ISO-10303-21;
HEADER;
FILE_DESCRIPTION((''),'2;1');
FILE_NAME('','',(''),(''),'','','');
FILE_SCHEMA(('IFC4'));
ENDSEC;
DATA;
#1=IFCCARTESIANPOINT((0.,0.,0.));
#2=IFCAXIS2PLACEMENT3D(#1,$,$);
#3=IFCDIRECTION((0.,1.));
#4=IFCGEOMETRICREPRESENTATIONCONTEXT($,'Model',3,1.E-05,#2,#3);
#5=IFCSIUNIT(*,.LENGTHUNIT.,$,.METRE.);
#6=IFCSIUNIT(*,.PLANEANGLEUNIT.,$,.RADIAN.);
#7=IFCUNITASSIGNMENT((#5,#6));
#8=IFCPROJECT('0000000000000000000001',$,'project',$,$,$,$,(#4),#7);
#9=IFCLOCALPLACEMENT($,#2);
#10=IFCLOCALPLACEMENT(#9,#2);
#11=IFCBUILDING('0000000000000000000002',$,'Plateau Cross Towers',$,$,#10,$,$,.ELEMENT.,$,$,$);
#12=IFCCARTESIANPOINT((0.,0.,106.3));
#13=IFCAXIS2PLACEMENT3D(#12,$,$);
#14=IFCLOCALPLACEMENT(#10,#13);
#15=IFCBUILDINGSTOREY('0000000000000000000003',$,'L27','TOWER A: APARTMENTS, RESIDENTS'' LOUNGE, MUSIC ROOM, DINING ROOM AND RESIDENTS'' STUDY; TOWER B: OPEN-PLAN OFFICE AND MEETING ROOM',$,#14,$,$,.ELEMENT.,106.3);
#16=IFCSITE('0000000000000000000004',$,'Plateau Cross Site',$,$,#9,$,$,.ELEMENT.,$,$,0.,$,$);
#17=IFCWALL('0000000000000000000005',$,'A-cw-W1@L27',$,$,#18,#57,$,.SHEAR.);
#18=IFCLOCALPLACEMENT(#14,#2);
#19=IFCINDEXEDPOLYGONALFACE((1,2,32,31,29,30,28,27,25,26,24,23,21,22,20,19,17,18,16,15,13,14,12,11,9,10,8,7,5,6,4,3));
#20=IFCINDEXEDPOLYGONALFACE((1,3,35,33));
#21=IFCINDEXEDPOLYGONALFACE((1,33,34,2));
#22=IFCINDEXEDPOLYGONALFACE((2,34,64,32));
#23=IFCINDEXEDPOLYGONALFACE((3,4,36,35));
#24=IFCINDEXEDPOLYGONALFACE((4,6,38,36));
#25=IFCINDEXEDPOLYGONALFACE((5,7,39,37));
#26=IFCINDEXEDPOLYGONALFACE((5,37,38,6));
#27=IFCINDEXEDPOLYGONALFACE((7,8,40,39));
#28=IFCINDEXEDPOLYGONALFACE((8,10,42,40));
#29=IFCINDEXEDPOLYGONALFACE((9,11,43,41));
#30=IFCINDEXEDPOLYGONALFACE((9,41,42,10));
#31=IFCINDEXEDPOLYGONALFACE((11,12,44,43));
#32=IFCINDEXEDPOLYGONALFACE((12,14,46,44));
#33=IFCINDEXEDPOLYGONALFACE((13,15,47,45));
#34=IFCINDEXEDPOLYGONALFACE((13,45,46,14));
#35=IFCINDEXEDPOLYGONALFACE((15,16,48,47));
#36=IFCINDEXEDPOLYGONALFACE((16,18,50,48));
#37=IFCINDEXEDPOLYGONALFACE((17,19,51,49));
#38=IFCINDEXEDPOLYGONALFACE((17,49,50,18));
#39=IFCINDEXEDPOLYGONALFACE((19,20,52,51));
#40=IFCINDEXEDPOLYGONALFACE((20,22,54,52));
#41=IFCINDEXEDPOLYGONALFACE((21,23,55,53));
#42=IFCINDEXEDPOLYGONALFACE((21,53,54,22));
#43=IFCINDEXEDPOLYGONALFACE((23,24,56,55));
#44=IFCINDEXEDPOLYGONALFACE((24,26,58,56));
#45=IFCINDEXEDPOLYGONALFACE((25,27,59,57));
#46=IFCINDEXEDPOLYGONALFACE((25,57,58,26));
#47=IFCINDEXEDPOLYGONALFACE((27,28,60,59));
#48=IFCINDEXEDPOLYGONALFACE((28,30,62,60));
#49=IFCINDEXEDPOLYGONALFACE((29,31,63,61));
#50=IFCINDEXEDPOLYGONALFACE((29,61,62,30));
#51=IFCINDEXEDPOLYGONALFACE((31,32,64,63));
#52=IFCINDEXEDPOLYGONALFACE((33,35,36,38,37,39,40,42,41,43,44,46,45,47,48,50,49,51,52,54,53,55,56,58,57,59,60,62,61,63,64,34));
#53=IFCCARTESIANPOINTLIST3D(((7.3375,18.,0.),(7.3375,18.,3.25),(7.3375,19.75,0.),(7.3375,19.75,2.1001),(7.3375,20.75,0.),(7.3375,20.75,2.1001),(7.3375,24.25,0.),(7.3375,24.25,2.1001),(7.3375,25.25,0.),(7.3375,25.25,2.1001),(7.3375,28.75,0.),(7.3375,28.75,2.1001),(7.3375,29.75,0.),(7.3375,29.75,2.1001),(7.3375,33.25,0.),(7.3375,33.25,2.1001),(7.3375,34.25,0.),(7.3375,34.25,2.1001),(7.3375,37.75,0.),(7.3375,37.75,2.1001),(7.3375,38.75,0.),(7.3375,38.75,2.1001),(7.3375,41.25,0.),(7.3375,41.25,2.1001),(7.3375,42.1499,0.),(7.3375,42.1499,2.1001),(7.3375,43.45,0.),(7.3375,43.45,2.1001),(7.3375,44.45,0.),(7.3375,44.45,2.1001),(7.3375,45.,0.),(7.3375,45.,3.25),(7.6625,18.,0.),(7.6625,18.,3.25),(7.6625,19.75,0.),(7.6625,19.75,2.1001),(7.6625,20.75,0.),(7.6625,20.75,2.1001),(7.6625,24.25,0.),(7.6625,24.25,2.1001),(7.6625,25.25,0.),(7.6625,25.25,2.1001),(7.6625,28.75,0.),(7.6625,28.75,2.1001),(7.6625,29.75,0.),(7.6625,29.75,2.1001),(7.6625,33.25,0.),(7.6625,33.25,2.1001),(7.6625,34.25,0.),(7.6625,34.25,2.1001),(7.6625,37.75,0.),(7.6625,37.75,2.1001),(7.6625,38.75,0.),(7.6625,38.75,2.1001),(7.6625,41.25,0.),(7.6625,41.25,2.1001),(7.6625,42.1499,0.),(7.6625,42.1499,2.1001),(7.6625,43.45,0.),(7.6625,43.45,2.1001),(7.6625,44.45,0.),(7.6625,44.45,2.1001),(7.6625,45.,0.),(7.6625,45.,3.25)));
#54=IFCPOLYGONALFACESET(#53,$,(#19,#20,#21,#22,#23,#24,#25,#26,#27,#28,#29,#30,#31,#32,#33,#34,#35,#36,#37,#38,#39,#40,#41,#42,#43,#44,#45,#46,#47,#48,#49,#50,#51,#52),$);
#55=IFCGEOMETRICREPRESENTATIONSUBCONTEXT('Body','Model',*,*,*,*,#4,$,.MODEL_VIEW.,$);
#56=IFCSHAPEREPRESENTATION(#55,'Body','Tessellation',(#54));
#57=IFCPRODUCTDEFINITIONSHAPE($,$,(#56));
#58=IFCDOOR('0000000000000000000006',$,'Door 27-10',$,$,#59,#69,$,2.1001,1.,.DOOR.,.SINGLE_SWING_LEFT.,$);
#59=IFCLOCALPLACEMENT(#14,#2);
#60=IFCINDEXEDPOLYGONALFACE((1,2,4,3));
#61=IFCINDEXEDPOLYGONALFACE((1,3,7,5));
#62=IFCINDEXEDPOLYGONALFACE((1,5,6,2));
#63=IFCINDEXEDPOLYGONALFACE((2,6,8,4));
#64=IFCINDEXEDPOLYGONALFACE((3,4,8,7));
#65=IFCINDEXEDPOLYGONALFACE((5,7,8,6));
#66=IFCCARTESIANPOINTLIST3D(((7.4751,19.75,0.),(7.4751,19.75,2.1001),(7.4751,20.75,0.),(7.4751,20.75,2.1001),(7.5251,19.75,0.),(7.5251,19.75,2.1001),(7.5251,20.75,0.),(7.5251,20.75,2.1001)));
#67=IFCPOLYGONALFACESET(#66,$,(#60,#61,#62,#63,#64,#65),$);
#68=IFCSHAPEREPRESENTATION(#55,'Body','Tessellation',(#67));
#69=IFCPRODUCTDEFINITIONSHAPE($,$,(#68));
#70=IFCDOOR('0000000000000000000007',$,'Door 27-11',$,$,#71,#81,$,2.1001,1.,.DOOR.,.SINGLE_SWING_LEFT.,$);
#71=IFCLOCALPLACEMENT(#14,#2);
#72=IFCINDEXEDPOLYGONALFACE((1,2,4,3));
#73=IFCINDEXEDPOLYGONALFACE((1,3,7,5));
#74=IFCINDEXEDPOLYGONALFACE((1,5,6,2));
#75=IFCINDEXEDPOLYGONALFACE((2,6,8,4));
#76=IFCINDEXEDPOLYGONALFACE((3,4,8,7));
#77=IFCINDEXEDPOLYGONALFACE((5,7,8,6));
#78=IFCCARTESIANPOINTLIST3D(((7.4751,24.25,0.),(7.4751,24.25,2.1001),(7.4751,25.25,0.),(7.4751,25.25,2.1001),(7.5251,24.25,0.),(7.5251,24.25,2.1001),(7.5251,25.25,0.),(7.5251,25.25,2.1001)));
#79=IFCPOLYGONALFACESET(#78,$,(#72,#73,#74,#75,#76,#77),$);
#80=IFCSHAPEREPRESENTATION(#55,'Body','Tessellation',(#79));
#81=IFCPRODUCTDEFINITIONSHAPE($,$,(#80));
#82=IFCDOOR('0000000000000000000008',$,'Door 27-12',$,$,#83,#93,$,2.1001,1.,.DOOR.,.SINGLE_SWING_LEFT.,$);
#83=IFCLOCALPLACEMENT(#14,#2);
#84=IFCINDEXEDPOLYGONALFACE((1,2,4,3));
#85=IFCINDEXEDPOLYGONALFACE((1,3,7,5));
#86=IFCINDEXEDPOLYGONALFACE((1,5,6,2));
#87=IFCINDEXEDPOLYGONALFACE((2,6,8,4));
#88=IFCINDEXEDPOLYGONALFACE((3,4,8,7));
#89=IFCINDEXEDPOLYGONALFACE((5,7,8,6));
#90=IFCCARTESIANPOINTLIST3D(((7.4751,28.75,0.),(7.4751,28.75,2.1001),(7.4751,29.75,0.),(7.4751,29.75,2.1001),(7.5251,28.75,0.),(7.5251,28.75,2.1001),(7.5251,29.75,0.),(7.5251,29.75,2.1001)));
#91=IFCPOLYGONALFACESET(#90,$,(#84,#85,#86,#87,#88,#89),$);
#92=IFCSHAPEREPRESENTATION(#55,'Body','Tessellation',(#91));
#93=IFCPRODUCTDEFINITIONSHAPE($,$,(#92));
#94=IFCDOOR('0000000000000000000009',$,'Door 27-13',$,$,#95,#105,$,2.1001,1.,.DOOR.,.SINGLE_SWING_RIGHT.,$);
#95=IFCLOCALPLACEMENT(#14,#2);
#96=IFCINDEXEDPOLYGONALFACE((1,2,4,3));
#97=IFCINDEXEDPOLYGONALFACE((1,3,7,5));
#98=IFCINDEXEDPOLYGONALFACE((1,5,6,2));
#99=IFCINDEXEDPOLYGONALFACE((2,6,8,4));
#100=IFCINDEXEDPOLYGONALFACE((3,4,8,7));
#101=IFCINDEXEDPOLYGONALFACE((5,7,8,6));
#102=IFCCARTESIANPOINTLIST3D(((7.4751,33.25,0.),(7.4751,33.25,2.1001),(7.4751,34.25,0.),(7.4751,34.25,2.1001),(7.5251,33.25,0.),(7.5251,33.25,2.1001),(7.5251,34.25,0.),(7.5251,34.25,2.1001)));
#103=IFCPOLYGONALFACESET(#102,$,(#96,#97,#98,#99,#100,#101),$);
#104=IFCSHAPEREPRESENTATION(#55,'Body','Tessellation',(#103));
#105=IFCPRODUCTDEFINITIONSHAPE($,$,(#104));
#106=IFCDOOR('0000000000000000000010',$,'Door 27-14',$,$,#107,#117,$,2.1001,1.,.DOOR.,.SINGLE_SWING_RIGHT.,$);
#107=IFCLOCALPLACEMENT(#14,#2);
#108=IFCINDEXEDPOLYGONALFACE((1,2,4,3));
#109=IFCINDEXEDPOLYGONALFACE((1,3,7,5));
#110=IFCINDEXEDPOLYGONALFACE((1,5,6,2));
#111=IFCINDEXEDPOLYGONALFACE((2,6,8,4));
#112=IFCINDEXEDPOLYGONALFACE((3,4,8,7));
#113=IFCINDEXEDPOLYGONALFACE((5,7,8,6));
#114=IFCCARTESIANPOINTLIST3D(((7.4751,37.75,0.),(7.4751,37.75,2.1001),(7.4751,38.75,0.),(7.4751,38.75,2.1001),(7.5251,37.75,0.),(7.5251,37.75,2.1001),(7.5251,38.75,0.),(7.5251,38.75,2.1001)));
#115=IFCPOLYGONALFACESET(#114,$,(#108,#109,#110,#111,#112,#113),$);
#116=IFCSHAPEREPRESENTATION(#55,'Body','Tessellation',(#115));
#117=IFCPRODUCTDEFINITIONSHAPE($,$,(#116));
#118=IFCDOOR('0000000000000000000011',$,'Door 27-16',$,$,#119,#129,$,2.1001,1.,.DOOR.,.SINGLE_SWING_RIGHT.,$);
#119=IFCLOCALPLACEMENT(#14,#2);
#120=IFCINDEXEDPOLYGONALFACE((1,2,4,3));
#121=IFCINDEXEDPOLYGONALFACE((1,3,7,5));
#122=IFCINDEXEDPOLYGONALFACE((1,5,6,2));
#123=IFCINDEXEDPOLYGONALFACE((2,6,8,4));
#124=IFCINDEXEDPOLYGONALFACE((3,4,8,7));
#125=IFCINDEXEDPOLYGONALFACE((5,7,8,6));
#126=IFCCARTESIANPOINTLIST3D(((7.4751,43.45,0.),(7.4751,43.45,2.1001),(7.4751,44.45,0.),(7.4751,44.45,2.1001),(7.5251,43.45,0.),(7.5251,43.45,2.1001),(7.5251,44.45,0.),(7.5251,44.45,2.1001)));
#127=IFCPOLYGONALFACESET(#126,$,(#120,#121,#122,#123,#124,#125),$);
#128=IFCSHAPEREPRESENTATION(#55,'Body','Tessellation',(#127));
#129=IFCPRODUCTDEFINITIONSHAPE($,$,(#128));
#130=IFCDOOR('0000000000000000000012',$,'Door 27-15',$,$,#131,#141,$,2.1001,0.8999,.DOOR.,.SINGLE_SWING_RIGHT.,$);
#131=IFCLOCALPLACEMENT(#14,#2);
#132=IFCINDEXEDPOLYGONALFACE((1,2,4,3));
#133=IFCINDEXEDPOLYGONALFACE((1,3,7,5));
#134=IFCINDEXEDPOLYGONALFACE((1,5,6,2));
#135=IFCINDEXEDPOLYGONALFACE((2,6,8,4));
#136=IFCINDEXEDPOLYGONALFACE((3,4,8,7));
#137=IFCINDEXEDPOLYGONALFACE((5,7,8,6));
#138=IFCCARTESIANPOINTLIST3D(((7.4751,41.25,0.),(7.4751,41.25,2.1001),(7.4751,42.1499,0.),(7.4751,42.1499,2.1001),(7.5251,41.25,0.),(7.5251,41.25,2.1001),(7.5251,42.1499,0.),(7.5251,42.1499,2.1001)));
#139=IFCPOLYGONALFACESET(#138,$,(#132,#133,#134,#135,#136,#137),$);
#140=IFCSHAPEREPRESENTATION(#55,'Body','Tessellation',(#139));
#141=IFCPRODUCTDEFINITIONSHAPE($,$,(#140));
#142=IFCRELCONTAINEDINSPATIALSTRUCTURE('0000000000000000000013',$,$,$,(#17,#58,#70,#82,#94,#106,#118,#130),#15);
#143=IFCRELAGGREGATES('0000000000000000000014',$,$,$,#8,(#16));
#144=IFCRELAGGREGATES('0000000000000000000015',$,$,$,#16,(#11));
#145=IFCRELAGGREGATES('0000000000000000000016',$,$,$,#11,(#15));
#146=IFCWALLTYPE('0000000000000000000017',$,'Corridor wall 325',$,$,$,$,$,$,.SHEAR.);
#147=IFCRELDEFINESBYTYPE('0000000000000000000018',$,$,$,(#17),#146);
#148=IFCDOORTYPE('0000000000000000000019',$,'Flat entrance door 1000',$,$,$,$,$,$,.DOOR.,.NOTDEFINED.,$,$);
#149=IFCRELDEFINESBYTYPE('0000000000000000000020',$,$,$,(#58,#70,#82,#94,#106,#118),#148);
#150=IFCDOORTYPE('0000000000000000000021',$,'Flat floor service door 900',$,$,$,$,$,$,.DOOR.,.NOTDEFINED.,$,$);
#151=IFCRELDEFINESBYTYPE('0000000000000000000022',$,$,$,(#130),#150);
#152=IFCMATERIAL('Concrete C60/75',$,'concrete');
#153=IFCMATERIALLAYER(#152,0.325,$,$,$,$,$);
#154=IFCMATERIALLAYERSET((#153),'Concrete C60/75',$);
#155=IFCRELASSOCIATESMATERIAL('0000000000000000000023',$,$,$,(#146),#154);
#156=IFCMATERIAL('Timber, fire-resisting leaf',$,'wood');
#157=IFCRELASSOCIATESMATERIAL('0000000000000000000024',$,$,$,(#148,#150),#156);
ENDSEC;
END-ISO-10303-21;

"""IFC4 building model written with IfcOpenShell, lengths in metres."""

from ifc_helpers import new_model, si_unit, direction, frame, frame_2d, origin, place, context, subcontext, project, spatial, rectangle, extrude, material, layer, layer_set, type_object, element, fill, save


model = new_model("IFC4")

# Units and contexts
model_context = context("Model", 3, precision=1e-05, world=origin(), true_north=direction((0.0, 1.0)))
body_context = subcontext(model_context, "Body", "Model", "MODEL_VIEW")
ifc_project = project(units=[si_unit("LENGTHUNIT", "METRE"), si_unit("PLANEANGLEUNIT", "RADIAN")], contexts=[model_context])

# Site, building, storey
site_placement = place(None, origin())
site = spatial("IfcSite", under=ifc_project, at=site_placement, Name="Plateau Cross Site", CompositionType="ELEMENT", RefElevation=0.0)
building_placement = place(site_placement, origin())
building = spatial("IfcBuilding", under=site, at=building_placement, Name="Plateau Cross Towers", CompositionType="ELEMENT")
storey_placement = place(building_placement, frame((0.0, 0.0, 106.3)))
storey = spatial("IfcBuildingStorey", under=building, at=storey_placement, Name="L27", Description="TOWER A: APARTMENTS, RESIDENTS' LOUNGE, MUSIC ROOM, DINING ROOM AND RESIDENTS' STUDY; TOWER B: OPEN-PLAN OFFICE AND MEETING ROOM", CompositionType="ELEMENT", Elevation=106.3)

# Wall, openings, doors
ifc_material_1 = material(Name="Concrete C60/75", Category="concrete")
ifc_layer_1 = layer(ifc_material_1, 0.325)
ifc_layer_set_1 = layer_set([ifc_layer_1], Name="Concrete C60/75")
wall_type_1 = type_object("IfcWallType", Name="Corridor wall 325", PredefinedType="SHEAR", material=ifc_layer_set_1)
wall_1_placement = place(storey_placement, frame((7.5, 18.0, 0.0), z_axis=(0.0, 0.0, 1.0), x_axis=(0.0, 1.0, 0.0)))
wall_1 = element("IfcWall", 1, at=wall_1_placement, inside=storey, type_object=wall_type_1, Name="A-cw-W1@L27", PredefinedType="SHEAR", context=body_context, shape_type="SweptSolid", body=[
    extrude(rectangle(XDim=27.0, YDim=0.325, at=frame_2d((13.5, 0.0))), origin(), (0.0, 0.0, 1.0), 3.25),
])
opening_1_placement = place(wall_1_placement, frame((1.75, 0.0, 0.0)))
opening_1 = element("IfcOpeningElement", 2, at=opening_1_placement, cuts=wall_1, PredefinedType="OPENING", context=body_context, shape_type="SweptSolid", body=[
    extrude(rectangle(XDim=1.0, YDim=2.1001, at=frame_2d((0.5, 1.05))), frame((0.0, 0.1724, 0.0), z_axis=(0.0, -1.0, 0.0), x_axis=(1.0, 0.0, 0.0)), (0.0, 0.0, 1.0), 0.345),
])
opening_2_placement = place(wall_1_placement, frame((6.25, 0.0, 0.0)))
opening_2 = element("IfcOpeningElement", 3, at=opening_2_placement, cuts=wall_1, PredefinedType="OPENING", context=body_context, shape_type="SweptSolid", body=[
    extrude(rectangle(XDim=1.0, YDim=2.1001, at=frame_2d((0.5, 1.05))), frame((0.0, 0.1724, 0.0), z_axis=(0.0, -1.0, 0.0), x_axis=(1.0, 0.0, 0.0)), (0.0, 0.0, 1.0), 0.345),
])
opening_3_placement = place(wall_1_placement, frame((10.75, 0.0, 0.0)))
opening_3 = element("IfcOpeningElement", 4, at=opening_3_placement, cuts=wall_1, PredefinedType="OPENING", context=body_context, shape_type="SweptSolid", body=[
    extrude(rectangle(XDim=1.0, YDim=2.1001, at=frame_2d((0.5, 1.05))), frame((0.0, 0.1724, 0.0), z_axis=(0.0, -1.0, 0.0), x_axis=(1.0, 0.0, 0.0)), (0.0, 0.0, 1.0), 0.345),
])
opening_4_placement = place(wall_1_placement, frame((15.25, 0.0, 0.0)))
opening_4 = element("IfcOpeningElement", 5, at=opening_4_placement, cuts=wall_1, PredefinedType="OPENING", context=body_context, shape_type="SweptSolid", body=[
    extrude(rectangle(XDim=1.0, YDim=2.1001, at=frame_2d((0.5, 1.05))), frame((0.0, 0.1724, 0.0), z_axis=(0.0, -1.0, 0.0), x_axis=(1.0, 0.0, 0.0)), (0.0, 0.0, 1.0), 0.345),
])
opening_5_placement = place(wall_1_placement, frame((19.75, 0.0, 0.0)))
opening_5 = element("IfcOpeningElement", 6, at=opening_5_placement, cuts=wall_1, PredefinedType="OPENING", context=body_context, shape_type="SweptSolid", body=[
    extrude(rectangle(XDim=1.0, YDim=2.1001, at=frame_2d((0.5, 1.05))), frame((0.0, 0.1724, 0.0), z_axis=(0.0, -1.0, 0.0), x_axis=(1.0, 0.0, 0.0)), (0.0, 0.0, 1.0), 0.345),
])
opening_6_placement = place(wall_1_placement, frame((23.25, 0.0, 0.0)))
opening_6 = element("IfcOpeningElement", 7, at=opening_6_placement, cuts=wall_1, PredefinedType="OPENING", context=body_context, shape_type="SweptSolid", body=[
    extrude(rectangle(XDim=0.8999, YDim=2.1001, at=frame_2d((0.45, 1.05))), frame((0.0, 0.1724, 0.0), z_axis=(0.0, -1.0, 0.0), x_axis=(1.0, 0.0, 0.0)), (0.0, 0.0, 1.0), 0.345),
])
opening_7_placement = place(wall_1_placement, frame((25.45, 0.0, 0.0)))
opening_7 = element("IfcOpeningElement", 8, at=opening_7_placement, cuts=wall_1, PredefinedType="OPENING", context=body_context, shape_type="SweptSolid", body=[
    extrude(rectangle(XDim=1.0, YDim=2.1001, at=frame_2d((0.5, 1.05))), frame((0.0, 0.1724, 0.0), z_axis=(0.0, -1.0, 0.0), x_axis=(1.0, 0.0, 0.0)), (0.0, 0.0, 1.0), 0.345),
])
ifc_material_2 = material(Name="Timber, fire-resisting leaf", Category="wood")
door_type_1 = type_object("IfcDoorType", Name="Flat entrance door 1000", OperationType="NOTDEFINED", PredefinedType="DOOR", material=ifc_material_2)
door_1_placement = place(opening_1_placement, origin())
door_1 = element("IfcDoor", 9, at=door_1_placement, inside=storey, type_object=door_type_1, Name="Door 27-10", OperationType="SINGLE_SWING_LEFT", OverallHeight=2.1001, OverallWidth=1.0, PredefinedType="DOOR", context=body_context, shape_type="SweptSolid", body=[
    extrude(rectangle(XDim=1.0, YDim=2.1001, at=frame_2d((0.5, 1.05))), frame((0.0, 0.0249, 0.0), z_axis=(0.0, -1.0, 0.0), x_axis=(1.0, 0.0, 0.0)), (0.0, 0.0, 1.0), 0.05),
])
fill(opening_1, door_1)
door_2_placement = place(opening_2_placement, origin())
door_2 = element("IfcDoor", 10, at=door_2_placement, inside=storey, type_object=door_type_1, Name="Door 27-11", OperationType="SINGLE_SWING_LEFT", OverallHeight=2.1001, OverallWidth=1.0, PredefinedType="DOOR", context=body_context, shape_type="SweptSolid", body=[
    extrude(rectangle(XDim=1.0, YDim=2.1001, at=frame_2d((0.5, 1.05))), frame((0.0, 0.0249, 0.0), z_axis=(0.0, -1.0, 0.0), x_axis=(1.0, 0.0, 0.0)), (0.0, 0.0, 1.0), 0.05),
])
fill(opening_2, door_2)
door_3_placement = place(opening_3_placement, origin())
door_3 = element("IfcDoor", 11, at=door_3_placement, inside=storey, type_object=door_type_1, Name="Door 27-12", OperationType="SINGLE_SWING_LEFT", OverallHeight=2.1001, OverallWidth=1.0, PredefinedType="DOOR", context=body_context, shape_type="SweptSolid", body=[
    extrude(rectangle(XDim=1.0, YDim=2.1001, at=frame_2d((0.5, 1.05))), frame((0.0, 0.0249, 0.0), z_axis=(0.0, -1.0, 0.0), x_axis=(1.0, 0.0, 0.0)), (0.0, 0.0, 1.0), 0.05),
])
fill(opening_3, door_3)
door_4_placement = place(opening_4_placement, origin())
door_4 = element("IfcDoor", 12, at=door_4_placement, inside=storey, type_object=door_type_1, Name="Door 27-13", OperationType="SINGLE_SWING_RIGHT", OverallHeight=2.1001, OverallWidth=1.0, PredefinedType="DOOR", context=body_context, shape_type="SweptSolid", body=[
    extrude(rectangle(XDim=1.0, YDim=2.1001, at=frame_2d((0.5, 1.05))), frame((0.0, 0.0249, 0.0), z_axis=(0.0, -1.0, 0.0), x_axis=(1.0, 0.0, 0.0)), (0.0, 0.0, 1.0), 0.05),
])
fill(opening_4, door_4)
door_5_placement = place(opening_5_placement, origin())
door_5 = element("IfcDoor", 13, at=door_5_placement, inside=storey, type_object=door_type_1, Name="Door 27-14", OperationType="SINGLE_SWING_RIGHT", OverallHeight=2.1001, OverallWidth=1.0, PredefinedType="DOOR", context=body_context, shape_type="SweptSolid", body=[
    extrude(rectangle(XDim=1.0, YDim=2.1001, at=frame_2d((0.5, 1.05))), frame((0.0, 0.0249, 0.0), z_axis=(0.0, -1.0, 0.0), x_axis=(1.0, 0.0, 0.0)), (0.0, 0.0, 1.0), 0.05),
])
fill(opening_5, door_5)
door_6_placement = place(opening_7_placement, origin())
door_6 = element("IfcDoor", 14, at=door_6_placement, inside=storey, type_object=door_type_1, Name="Door 27-16", OperationType="SINGLE_SWING_RIGHT", OverallHeight=2.1001, OverallWidth=1.0, PredefinedType="DOOR", context=body_context, shape_type="SweptSolid", body=[
    extrude(rectangle(XDim=1.0, YDim=2.1001, at=frame_2d((0.5, 1.05))), frame((0.0, 0.0249, 0.0), z_axis=(0.0, -1.0, 0.0), x_axis=(1.0, 0.0, 0.0)), (0.0, 0.0, 1.0), 0.05),
])
fill(opening_7, door_6)
door_type_2 = type_object("IfcDoorType", Name="Flat floor service door 900", OperationType="NOTDEFINED", PredefinedType="DOOR", material=ifc_material_2)
door_7_placement = place(opening_6_placement, origin())
door_7 = element("IfcDoor", 15, at=door_7_placement, inside=storey, type_object=door_type_2, Name="Door 27-15", OperationType="SINGLE_SWING_RIGHT", OverallHeight=2.1001, OverallWidth=0.8999, PredefinedType="DOOR", context=body_context, shape_type="SweptSolid", body=[
    extrude(rectangle(XDim=0.8999, YDim=2.1001, at=frame_2d((0.45, 1.05))), frame((0.0, 0.0249, 0.0), z_axis=(0.0, -1.0, 0.0), x_axis=(1.0, 0.0, 0.0)), (0.0, 0.0, 1.0), 0.05),
])
fill(opening_6, door_7)

save(model, "model.ifc")
